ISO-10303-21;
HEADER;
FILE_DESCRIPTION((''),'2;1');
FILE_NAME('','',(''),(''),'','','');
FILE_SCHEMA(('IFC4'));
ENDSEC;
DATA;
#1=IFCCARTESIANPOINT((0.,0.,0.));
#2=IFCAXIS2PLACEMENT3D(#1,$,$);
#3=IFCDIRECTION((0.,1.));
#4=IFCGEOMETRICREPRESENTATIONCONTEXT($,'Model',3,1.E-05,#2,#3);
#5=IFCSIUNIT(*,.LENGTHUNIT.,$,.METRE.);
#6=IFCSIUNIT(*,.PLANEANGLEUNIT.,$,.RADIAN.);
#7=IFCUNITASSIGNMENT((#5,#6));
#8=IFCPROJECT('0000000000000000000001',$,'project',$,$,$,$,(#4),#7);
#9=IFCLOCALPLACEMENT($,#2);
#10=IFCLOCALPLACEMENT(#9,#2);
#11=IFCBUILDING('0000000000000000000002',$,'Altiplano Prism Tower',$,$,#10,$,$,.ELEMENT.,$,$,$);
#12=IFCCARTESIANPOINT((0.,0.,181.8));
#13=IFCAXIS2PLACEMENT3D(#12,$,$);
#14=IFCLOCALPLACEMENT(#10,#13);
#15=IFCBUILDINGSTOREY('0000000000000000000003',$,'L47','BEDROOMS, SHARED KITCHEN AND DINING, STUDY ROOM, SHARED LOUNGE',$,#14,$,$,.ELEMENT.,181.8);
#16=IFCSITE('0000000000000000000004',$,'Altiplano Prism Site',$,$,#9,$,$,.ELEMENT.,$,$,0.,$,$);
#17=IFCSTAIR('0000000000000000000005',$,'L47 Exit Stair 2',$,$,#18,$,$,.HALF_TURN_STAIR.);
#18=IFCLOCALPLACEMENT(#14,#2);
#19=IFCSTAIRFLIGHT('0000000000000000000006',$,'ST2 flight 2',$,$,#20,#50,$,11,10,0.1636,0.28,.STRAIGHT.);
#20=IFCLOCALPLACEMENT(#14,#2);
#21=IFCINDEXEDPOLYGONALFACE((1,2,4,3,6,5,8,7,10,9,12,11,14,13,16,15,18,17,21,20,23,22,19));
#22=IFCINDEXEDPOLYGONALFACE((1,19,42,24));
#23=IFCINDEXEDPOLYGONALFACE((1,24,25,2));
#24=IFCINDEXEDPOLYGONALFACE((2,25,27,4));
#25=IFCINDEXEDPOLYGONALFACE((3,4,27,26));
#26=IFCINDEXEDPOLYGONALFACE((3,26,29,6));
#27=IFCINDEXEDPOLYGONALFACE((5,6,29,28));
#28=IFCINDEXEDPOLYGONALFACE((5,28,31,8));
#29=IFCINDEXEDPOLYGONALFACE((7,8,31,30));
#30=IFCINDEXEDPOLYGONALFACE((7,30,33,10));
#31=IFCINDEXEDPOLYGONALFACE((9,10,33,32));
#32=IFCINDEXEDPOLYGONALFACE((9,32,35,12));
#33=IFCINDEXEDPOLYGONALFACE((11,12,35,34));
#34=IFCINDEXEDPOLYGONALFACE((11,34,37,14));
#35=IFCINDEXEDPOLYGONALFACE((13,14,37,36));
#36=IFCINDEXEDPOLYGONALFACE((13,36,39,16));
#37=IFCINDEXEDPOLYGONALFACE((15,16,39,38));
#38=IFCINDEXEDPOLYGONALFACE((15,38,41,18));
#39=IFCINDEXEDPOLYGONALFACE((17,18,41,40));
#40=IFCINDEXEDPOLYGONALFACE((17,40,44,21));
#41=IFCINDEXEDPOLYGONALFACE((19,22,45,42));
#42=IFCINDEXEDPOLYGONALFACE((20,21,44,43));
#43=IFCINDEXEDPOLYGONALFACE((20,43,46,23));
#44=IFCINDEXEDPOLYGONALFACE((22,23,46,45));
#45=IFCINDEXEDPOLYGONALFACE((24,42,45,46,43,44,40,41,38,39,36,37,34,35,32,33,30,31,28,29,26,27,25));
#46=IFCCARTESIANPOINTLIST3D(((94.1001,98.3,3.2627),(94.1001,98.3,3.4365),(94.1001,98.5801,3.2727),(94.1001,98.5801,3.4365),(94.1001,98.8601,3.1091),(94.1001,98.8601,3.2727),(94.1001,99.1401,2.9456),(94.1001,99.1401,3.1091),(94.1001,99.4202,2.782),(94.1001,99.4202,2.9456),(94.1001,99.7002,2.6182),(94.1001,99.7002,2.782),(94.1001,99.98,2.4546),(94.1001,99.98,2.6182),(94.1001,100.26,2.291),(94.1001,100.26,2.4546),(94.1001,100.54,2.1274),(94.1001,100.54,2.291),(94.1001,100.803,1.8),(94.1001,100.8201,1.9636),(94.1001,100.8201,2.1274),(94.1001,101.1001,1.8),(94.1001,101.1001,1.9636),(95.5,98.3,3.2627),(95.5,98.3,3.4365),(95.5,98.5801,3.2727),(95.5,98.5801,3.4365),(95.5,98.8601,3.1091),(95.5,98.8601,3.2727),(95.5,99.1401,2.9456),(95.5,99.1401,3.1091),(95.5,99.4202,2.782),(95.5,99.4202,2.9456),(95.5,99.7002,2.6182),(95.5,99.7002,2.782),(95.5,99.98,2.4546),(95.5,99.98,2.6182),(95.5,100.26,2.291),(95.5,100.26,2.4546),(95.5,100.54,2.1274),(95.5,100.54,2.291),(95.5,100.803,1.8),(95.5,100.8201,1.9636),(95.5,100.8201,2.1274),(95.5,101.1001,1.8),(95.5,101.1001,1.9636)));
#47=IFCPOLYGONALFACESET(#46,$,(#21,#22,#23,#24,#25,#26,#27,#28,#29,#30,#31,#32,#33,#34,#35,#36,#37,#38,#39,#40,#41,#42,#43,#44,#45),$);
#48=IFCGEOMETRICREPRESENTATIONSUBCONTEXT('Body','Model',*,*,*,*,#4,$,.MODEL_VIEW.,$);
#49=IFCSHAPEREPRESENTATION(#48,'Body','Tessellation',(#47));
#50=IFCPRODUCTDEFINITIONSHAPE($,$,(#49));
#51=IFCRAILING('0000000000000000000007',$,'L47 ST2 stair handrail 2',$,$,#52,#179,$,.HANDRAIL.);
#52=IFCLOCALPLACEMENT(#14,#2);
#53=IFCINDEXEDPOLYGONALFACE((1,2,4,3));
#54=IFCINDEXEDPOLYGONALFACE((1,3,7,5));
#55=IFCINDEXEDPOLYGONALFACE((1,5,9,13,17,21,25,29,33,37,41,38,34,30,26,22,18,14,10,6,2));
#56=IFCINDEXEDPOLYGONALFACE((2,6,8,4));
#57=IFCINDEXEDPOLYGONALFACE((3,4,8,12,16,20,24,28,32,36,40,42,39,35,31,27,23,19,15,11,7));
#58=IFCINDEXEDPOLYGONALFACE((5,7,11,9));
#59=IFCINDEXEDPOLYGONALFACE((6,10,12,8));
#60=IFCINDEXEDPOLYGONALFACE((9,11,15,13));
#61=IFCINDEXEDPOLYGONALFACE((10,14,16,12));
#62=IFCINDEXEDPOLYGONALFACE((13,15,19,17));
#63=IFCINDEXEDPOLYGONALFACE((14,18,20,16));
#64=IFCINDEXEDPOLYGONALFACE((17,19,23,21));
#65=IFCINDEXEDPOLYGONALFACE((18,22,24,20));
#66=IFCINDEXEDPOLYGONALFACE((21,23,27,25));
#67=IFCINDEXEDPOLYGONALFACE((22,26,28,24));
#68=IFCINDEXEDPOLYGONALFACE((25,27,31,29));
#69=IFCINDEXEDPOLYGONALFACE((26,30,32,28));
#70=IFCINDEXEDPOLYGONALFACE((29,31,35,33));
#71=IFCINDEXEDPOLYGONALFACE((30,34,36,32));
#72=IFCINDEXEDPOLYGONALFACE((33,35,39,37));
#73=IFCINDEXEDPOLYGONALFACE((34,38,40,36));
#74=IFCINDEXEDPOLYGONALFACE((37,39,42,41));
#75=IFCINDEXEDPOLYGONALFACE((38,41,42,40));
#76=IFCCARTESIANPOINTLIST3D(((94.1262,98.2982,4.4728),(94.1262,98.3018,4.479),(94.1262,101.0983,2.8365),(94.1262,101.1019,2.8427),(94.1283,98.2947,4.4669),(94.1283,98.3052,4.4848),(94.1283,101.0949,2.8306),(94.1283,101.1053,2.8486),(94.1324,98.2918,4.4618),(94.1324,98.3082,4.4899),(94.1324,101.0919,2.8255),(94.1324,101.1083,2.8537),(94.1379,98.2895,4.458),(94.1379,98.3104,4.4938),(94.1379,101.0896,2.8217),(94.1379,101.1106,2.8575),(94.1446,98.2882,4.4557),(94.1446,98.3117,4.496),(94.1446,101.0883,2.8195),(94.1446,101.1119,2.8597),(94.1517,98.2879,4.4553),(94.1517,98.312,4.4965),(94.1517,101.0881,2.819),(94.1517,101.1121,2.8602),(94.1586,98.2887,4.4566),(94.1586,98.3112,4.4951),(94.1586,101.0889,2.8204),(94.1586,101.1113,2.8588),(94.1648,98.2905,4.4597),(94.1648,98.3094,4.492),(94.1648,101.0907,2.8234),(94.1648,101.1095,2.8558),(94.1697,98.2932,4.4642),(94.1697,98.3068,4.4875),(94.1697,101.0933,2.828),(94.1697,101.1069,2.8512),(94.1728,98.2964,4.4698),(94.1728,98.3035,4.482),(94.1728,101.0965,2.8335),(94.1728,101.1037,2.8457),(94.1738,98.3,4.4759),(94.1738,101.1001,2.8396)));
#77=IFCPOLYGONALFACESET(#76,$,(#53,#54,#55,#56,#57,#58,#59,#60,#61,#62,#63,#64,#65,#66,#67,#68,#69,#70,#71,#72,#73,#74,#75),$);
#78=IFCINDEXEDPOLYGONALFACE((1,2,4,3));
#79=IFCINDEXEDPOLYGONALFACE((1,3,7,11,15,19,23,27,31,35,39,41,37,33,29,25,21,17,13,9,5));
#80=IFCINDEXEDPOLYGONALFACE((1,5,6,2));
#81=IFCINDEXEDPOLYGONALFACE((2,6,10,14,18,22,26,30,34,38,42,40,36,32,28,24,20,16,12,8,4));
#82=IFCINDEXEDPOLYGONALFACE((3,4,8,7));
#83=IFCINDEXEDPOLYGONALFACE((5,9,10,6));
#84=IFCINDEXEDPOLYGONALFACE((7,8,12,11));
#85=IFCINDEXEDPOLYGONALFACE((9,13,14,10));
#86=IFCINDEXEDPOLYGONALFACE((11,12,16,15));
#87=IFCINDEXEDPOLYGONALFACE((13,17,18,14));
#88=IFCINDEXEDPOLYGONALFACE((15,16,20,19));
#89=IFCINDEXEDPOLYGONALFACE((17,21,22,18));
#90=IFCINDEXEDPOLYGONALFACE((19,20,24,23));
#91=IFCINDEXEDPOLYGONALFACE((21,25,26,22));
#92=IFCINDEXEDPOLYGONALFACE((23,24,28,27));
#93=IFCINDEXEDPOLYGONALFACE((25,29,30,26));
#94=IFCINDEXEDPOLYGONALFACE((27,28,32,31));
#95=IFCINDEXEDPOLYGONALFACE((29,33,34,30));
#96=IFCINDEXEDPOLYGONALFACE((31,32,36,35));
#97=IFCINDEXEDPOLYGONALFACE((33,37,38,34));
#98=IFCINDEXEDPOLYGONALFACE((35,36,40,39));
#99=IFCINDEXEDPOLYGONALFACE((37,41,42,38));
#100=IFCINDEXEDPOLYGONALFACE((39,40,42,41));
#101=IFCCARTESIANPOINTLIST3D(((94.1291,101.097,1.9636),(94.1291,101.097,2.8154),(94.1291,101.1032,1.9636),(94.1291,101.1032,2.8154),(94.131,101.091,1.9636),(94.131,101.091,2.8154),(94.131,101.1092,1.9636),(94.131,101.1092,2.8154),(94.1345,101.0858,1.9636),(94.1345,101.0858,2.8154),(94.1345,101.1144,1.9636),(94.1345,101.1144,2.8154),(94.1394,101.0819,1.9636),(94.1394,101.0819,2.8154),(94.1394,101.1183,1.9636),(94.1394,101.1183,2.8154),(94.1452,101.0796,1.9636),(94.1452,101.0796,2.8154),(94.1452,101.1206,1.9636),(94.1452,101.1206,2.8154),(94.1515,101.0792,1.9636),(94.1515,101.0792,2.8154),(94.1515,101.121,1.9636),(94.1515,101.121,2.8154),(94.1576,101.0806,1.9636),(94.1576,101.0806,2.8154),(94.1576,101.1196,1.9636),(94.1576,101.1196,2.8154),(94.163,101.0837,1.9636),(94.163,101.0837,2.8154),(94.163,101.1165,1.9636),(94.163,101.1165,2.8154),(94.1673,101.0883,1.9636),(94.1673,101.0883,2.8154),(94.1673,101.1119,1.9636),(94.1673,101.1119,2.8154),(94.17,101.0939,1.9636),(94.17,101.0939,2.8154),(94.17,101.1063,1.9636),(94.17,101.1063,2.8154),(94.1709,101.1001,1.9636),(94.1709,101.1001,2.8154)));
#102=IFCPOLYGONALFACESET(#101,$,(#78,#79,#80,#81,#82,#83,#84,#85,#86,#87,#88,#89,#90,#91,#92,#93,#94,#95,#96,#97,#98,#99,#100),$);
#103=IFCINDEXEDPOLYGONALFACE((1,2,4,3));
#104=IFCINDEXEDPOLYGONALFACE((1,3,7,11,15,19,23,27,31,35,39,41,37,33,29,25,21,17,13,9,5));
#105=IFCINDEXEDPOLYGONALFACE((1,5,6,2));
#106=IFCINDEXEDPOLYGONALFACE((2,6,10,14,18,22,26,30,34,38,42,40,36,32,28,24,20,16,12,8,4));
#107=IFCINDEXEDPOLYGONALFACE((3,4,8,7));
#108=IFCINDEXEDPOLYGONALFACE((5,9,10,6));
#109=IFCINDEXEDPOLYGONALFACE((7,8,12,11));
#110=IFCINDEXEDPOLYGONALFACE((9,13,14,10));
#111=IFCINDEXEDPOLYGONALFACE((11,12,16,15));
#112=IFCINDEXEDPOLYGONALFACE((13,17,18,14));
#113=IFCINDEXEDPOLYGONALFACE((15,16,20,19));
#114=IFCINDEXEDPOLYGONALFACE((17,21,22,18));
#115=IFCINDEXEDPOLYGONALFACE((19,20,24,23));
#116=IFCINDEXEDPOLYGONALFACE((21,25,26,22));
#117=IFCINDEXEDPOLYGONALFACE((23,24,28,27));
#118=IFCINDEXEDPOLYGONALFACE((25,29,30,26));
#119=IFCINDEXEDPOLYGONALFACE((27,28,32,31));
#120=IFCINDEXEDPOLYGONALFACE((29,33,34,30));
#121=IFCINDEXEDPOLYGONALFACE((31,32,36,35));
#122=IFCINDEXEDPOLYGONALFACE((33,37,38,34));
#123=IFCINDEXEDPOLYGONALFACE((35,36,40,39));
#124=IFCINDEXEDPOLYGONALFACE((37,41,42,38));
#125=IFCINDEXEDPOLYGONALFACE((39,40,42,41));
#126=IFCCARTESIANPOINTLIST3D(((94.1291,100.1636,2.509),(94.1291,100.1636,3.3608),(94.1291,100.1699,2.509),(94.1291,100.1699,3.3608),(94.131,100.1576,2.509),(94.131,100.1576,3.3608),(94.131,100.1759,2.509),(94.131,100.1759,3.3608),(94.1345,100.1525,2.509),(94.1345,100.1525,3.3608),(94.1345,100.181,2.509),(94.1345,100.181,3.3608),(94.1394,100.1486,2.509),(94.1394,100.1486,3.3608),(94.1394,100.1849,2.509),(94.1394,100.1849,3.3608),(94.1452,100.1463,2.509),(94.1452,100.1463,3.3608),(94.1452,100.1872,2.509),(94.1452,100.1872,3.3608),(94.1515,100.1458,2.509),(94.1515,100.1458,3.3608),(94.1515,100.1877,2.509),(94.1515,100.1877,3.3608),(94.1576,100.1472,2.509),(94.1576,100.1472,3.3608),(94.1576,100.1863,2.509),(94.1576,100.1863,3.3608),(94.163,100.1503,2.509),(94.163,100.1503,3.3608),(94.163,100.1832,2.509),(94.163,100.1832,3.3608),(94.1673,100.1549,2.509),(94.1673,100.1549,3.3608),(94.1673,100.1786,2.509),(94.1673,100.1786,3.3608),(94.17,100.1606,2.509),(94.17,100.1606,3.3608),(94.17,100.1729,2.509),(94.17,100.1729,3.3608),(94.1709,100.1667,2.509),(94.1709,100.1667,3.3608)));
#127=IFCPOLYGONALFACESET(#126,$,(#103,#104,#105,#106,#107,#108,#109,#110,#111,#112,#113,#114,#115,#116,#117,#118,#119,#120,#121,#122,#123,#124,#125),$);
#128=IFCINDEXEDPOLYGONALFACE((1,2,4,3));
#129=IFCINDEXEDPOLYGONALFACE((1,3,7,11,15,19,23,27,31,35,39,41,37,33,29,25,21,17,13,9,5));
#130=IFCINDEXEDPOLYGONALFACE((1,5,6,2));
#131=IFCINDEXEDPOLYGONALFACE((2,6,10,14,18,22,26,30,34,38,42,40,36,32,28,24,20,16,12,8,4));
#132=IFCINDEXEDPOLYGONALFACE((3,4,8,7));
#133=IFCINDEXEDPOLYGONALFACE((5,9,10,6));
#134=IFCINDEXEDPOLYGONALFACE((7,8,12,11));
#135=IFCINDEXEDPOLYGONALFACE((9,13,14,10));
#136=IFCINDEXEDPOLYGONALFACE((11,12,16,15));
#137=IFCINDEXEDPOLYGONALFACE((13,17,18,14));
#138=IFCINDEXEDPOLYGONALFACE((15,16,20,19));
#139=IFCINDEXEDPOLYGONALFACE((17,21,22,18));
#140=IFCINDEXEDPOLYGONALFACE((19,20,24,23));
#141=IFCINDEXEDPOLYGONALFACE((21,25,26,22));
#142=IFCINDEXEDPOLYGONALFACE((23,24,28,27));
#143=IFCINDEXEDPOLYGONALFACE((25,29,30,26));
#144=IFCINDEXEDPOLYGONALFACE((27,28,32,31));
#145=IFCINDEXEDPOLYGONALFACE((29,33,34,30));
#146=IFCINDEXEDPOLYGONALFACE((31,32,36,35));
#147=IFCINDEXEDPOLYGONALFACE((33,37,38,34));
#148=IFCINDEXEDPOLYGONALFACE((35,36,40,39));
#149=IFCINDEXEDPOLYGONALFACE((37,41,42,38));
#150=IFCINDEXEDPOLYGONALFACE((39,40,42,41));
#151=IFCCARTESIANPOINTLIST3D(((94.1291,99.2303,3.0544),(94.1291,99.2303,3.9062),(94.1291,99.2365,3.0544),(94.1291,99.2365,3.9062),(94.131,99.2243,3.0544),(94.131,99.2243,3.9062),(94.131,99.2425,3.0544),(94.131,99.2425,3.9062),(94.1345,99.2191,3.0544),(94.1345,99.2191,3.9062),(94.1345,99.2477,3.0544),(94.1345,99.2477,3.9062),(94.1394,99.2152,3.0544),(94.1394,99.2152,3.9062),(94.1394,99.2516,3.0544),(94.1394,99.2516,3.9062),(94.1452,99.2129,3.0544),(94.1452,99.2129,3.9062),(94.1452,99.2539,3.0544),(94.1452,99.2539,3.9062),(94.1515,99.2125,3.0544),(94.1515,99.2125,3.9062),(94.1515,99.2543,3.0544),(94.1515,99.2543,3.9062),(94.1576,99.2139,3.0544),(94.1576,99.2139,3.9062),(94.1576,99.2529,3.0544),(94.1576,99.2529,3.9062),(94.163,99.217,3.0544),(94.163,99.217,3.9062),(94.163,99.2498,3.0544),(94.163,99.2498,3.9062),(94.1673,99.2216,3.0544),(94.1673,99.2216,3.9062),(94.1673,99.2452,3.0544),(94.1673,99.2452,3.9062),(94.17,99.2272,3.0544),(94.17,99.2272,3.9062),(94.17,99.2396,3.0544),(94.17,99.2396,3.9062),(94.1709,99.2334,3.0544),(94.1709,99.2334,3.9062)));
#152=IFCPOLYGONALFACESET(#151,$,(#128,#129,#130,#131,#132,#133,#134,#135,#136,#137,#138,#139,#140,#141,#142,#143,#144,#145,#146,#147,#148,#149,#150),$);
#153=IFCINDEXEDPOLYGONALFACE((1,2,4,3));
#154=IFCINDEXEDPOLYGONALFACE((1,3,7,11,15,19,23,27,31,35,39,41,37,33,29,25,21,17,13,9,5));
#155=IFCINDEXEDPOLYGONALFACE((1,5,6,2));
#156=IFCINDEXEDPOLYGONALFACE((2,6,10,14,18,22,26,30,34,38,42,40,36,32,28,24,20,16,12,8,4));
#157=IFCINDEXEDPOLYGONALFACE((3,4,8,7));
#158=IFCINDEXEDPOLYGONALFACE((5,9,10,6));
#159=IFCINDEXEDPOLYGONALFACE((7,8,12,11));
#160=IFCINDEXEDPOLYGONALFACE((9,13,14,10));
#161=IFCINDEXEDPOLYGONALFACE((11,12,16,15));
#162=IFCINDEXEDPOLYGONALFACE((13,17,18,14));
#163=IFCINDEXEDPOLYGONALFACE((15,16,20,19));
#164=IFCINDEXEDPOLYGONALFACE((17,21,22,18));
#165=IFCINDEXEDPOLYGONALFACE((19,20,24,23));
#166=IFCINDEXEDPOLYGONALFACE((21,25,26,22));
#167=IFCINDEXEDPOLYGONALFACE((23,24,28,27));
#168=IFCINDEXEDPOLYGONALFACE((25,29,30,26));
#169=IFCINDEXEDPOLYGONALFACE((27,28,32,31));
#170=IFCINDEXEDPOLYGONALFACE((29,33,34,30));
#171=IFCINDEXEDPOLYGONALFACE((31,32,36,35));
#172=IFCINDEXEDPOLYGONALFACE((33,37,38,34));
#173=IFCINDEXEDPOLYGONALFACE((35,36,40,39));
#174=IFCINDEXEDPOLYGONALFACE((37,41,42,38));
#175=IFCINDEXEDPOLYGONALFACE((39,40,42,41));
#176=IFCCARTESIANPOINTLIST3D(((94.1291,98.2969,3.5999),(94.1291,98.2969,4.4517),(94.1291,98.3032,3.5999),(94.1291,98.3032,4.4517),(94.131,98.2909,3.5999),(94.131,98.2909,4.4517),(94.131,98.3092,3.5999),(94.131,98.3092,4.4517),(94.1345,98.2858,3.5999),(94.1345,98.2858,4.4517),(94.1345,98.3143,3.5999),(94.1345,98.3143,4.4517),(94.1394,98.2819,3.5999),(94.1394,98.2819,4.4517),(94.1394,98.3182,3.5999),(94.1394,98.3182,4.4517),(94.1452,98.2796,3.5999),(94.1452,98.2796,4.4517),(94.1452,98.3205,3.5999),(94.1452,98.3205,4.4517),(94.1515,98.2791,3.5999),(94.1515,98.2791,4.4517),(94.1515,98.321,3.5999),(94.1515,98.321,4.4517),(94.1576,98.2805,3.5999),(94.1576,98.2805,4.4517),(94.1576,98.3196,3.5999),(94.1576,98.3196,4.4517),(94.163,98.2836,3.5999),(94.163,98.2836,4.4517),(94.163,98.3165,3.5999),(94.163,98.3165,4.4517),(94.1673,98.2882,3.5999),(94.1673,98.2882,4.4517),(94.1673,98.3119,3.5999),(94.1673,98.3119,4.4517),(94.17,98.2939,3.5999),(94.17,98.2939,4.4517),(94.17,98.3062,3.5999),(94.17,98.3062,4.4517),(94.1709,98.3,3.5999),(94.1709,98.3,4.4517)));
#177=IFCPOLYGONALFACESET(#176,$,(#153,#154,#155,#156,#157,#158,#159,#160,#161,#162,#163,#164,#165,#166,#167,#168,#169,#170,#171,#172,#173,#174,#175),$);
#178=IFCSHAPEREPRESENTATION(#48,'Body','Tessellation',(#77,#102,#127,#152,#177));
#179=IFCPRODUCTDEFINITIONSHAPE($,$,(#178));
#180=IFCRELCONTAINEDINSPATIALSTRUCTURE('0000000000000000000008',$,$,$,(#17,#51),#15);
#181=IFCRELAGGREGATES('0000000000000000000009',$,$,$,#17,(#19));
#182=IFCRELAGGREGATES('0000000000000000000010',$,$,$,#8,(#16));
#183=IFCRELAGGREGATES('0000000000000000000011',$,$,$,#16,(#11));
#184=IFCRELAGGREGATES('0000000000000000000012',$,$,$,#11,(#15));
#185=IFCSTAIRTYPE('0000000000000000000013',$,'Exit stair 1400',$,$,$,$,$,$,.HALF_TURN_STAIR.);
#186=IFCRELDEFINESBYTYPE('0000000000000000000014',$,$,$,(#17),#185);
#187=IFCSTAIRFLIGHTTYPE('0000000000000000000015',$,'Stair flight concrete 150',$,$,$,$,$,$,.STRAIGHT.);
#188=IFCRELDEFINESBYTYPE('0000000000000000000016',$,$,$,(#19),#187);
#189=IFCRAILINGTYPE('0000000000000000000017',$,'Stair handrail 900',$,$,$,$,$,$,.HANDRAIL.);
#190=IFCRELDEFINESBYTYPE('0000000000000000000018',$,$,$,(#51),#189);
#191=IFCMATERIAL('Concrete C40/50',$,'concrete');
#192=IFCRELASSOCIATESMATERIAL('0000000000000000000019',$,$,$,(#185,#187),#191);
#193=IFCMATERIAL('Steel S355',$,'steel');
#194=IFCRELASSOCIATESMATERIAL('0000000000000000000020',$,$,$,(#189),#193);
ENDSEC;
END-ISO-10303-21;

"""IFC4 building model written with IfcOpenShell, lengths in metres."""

from ifc_helpers import new_model, si_unit, direction, frame, origin, origin_2d, place, context, subcontext, project, spatial, polyline, circle, outline, extrude, material, type_object, element, aggregate, save


model = new_model("IFC4")

# Units and contexts
model_context = context("Model", 3, precision=1e-05, world=origin(), true_north=direction((0.0, 1.0)))
body_context = subcontext(model_context, "Body", "Model", "MODEL_VIEW")
ifc_project = project(units=[si_unit("LENGTHUNIT", "METRE"), si_unit("PLANEANGLEUNIT", "RADIAN")], contexts=[model_context])

# Site, building, storey
site_placement = place(None, origin())
site = spatial("IfcSite", under=ifc_project, at=site_placement, Name="Altiplano Prism Site", CompositionType="ELEMENT", RefElevation=0.0)
building_placement = place(site_placement, origin())
building = spatial("IfcBuilding", under=site, at=building_placement, Name="Altiplano Prism Tower", CompositionType="ELEMENT")
storey_placement = place(building_placement, frame((0.0, 0.0, 181.8)))
storey = spatial("IfcBuildingStorey", under=building, at=storey_placement, Name="L47", Description="BEDROOMS, SHARED KITCHEN AND DINING, STUDY ROOM, SHARED LOUNGE", CompositionType="ELEMENT", Elevation=181.8)

# Stair, stair flight
ifc_material_1 = material(Name="Concrete C40/50", Category="concrete")
stair_type = type_object("IfcStairType", Name="Exit stair 1400", PredefinedType="HALF_TURN_STAIR", material=ifc_material_1)
stair_placement = place(storey_placement, origin())
stair = element("IfcStair", 1, at=stair_placement, inside=storey, type_object=stair_type, Name="L47 Exit Stair 2", PredefinedType="HALF_TURN_STAIR")
stair_flight_type = type_object("IfcStairFlightType", Name="Stair flight concrete 150", PredefinedType="STRAIGHT", material=ifc_material_1)
stair_flight_1_placement = place(storey_placement, frame((94.8, 101.1001, 1.8), z_axis=(0.0, 0.0, 1.0), x_axis=(0.0, -1.0, 0.0)))
stair_flight_1 = element("IfcStairFlight", 2, at=stair_flight_1_placement, type_object=stair_flight_type, Name="ST2 flight 2", NumberOfRisers=11, NumberOfTreads=10, PredefinedType="STRAIGHT", RiserHeight=0.1636, TreadLength=0.28, context=body_context, shape_type="SweptSolid", body=[
    extrude(outline(polyline([(0.0, 0.0), (0.0, 0.1636), (0.28, 0.1636), (0.28, 0.3274), (0.5601, 0.3274), (0.5601, 0.491), (0.8401, 0.491), (0.8401, 0.6545), (1.1201, 0.6545), (1.1201, 0.8181), (1.3999, 0.8181), (1.3999, 0.9819), (1.6799, 0.9819), (1.6799, 1.1455), (1.96, 1.1455), (1.96, 1.3091), (2.24, 1.3091), (2.24, 1.4727), (2.52, 1.4727), (2.52, 1.6365), (2.8, 1.6365), (2.8, 1.8), (2.8, 1.4626), (0.2971, 0.0), (0.0, 0.0)])), frame((0.0, 0.7, 0.0), z_axis=(0.0, -1.0, 0.0), x_axis=(1.0, 0.0, 0.0)), (0.0, 0.0, 1.0), 1.3999),
])
aggregate(stair, [stair_flight_1])

# Railing
ifc_material_2 = material(Name="Steel S355", Category="steel")
railing_type_1 = type_object("IfcRailingType", Name="Stair handrail 900", PredefinedType="HANDRAIL", material=ifc_material_2)
railing_1_placement = place(storey_placement, frame((94.1499, 101.1001, 1.9636)))
element("IfcRailing", 3, at=railing_1_placement, inside=storey, type_object=railing_type_1, Name="L47 ST2 stair handrail 2", PredefinedType="HANDRAIL", context=body_context, shape_type="SweptSolid", body=[
    extrude(circle(Radius=0.0239, at=origin_2d()), frame((0.0, 0.0, 0.876), z_axis=(0.0, -0.863394, 0.504531), x_axis=(1.0, 0.0, 0.0)), (0.0, 0.0, 1.0), 3.2432),
    extrude(circle(Radius=0.021, at=origin_2d()), origin(), (0.0, 0.0, 1.0), 0.8518),
    extrude(circle(Radius=0.021, at=origin_2d()), frame((0.0, -0.9333, 0.5454)), (0.0, 0.0, 1.0), 0.8518),
    extrude(circle(Radius=0.021, at=origin_2d()), frame((0.0, -1.8667, 1.0908)), (0.0, 0.0, 1.0), 0.8518),
    extrude(circle(Radius=0.021, at=origin_2d()), frame((0.0, -2.8, 1.6362)), (0.0, 0.0, 1.0), 0.8518),
])

save(model, "model.ifc")
